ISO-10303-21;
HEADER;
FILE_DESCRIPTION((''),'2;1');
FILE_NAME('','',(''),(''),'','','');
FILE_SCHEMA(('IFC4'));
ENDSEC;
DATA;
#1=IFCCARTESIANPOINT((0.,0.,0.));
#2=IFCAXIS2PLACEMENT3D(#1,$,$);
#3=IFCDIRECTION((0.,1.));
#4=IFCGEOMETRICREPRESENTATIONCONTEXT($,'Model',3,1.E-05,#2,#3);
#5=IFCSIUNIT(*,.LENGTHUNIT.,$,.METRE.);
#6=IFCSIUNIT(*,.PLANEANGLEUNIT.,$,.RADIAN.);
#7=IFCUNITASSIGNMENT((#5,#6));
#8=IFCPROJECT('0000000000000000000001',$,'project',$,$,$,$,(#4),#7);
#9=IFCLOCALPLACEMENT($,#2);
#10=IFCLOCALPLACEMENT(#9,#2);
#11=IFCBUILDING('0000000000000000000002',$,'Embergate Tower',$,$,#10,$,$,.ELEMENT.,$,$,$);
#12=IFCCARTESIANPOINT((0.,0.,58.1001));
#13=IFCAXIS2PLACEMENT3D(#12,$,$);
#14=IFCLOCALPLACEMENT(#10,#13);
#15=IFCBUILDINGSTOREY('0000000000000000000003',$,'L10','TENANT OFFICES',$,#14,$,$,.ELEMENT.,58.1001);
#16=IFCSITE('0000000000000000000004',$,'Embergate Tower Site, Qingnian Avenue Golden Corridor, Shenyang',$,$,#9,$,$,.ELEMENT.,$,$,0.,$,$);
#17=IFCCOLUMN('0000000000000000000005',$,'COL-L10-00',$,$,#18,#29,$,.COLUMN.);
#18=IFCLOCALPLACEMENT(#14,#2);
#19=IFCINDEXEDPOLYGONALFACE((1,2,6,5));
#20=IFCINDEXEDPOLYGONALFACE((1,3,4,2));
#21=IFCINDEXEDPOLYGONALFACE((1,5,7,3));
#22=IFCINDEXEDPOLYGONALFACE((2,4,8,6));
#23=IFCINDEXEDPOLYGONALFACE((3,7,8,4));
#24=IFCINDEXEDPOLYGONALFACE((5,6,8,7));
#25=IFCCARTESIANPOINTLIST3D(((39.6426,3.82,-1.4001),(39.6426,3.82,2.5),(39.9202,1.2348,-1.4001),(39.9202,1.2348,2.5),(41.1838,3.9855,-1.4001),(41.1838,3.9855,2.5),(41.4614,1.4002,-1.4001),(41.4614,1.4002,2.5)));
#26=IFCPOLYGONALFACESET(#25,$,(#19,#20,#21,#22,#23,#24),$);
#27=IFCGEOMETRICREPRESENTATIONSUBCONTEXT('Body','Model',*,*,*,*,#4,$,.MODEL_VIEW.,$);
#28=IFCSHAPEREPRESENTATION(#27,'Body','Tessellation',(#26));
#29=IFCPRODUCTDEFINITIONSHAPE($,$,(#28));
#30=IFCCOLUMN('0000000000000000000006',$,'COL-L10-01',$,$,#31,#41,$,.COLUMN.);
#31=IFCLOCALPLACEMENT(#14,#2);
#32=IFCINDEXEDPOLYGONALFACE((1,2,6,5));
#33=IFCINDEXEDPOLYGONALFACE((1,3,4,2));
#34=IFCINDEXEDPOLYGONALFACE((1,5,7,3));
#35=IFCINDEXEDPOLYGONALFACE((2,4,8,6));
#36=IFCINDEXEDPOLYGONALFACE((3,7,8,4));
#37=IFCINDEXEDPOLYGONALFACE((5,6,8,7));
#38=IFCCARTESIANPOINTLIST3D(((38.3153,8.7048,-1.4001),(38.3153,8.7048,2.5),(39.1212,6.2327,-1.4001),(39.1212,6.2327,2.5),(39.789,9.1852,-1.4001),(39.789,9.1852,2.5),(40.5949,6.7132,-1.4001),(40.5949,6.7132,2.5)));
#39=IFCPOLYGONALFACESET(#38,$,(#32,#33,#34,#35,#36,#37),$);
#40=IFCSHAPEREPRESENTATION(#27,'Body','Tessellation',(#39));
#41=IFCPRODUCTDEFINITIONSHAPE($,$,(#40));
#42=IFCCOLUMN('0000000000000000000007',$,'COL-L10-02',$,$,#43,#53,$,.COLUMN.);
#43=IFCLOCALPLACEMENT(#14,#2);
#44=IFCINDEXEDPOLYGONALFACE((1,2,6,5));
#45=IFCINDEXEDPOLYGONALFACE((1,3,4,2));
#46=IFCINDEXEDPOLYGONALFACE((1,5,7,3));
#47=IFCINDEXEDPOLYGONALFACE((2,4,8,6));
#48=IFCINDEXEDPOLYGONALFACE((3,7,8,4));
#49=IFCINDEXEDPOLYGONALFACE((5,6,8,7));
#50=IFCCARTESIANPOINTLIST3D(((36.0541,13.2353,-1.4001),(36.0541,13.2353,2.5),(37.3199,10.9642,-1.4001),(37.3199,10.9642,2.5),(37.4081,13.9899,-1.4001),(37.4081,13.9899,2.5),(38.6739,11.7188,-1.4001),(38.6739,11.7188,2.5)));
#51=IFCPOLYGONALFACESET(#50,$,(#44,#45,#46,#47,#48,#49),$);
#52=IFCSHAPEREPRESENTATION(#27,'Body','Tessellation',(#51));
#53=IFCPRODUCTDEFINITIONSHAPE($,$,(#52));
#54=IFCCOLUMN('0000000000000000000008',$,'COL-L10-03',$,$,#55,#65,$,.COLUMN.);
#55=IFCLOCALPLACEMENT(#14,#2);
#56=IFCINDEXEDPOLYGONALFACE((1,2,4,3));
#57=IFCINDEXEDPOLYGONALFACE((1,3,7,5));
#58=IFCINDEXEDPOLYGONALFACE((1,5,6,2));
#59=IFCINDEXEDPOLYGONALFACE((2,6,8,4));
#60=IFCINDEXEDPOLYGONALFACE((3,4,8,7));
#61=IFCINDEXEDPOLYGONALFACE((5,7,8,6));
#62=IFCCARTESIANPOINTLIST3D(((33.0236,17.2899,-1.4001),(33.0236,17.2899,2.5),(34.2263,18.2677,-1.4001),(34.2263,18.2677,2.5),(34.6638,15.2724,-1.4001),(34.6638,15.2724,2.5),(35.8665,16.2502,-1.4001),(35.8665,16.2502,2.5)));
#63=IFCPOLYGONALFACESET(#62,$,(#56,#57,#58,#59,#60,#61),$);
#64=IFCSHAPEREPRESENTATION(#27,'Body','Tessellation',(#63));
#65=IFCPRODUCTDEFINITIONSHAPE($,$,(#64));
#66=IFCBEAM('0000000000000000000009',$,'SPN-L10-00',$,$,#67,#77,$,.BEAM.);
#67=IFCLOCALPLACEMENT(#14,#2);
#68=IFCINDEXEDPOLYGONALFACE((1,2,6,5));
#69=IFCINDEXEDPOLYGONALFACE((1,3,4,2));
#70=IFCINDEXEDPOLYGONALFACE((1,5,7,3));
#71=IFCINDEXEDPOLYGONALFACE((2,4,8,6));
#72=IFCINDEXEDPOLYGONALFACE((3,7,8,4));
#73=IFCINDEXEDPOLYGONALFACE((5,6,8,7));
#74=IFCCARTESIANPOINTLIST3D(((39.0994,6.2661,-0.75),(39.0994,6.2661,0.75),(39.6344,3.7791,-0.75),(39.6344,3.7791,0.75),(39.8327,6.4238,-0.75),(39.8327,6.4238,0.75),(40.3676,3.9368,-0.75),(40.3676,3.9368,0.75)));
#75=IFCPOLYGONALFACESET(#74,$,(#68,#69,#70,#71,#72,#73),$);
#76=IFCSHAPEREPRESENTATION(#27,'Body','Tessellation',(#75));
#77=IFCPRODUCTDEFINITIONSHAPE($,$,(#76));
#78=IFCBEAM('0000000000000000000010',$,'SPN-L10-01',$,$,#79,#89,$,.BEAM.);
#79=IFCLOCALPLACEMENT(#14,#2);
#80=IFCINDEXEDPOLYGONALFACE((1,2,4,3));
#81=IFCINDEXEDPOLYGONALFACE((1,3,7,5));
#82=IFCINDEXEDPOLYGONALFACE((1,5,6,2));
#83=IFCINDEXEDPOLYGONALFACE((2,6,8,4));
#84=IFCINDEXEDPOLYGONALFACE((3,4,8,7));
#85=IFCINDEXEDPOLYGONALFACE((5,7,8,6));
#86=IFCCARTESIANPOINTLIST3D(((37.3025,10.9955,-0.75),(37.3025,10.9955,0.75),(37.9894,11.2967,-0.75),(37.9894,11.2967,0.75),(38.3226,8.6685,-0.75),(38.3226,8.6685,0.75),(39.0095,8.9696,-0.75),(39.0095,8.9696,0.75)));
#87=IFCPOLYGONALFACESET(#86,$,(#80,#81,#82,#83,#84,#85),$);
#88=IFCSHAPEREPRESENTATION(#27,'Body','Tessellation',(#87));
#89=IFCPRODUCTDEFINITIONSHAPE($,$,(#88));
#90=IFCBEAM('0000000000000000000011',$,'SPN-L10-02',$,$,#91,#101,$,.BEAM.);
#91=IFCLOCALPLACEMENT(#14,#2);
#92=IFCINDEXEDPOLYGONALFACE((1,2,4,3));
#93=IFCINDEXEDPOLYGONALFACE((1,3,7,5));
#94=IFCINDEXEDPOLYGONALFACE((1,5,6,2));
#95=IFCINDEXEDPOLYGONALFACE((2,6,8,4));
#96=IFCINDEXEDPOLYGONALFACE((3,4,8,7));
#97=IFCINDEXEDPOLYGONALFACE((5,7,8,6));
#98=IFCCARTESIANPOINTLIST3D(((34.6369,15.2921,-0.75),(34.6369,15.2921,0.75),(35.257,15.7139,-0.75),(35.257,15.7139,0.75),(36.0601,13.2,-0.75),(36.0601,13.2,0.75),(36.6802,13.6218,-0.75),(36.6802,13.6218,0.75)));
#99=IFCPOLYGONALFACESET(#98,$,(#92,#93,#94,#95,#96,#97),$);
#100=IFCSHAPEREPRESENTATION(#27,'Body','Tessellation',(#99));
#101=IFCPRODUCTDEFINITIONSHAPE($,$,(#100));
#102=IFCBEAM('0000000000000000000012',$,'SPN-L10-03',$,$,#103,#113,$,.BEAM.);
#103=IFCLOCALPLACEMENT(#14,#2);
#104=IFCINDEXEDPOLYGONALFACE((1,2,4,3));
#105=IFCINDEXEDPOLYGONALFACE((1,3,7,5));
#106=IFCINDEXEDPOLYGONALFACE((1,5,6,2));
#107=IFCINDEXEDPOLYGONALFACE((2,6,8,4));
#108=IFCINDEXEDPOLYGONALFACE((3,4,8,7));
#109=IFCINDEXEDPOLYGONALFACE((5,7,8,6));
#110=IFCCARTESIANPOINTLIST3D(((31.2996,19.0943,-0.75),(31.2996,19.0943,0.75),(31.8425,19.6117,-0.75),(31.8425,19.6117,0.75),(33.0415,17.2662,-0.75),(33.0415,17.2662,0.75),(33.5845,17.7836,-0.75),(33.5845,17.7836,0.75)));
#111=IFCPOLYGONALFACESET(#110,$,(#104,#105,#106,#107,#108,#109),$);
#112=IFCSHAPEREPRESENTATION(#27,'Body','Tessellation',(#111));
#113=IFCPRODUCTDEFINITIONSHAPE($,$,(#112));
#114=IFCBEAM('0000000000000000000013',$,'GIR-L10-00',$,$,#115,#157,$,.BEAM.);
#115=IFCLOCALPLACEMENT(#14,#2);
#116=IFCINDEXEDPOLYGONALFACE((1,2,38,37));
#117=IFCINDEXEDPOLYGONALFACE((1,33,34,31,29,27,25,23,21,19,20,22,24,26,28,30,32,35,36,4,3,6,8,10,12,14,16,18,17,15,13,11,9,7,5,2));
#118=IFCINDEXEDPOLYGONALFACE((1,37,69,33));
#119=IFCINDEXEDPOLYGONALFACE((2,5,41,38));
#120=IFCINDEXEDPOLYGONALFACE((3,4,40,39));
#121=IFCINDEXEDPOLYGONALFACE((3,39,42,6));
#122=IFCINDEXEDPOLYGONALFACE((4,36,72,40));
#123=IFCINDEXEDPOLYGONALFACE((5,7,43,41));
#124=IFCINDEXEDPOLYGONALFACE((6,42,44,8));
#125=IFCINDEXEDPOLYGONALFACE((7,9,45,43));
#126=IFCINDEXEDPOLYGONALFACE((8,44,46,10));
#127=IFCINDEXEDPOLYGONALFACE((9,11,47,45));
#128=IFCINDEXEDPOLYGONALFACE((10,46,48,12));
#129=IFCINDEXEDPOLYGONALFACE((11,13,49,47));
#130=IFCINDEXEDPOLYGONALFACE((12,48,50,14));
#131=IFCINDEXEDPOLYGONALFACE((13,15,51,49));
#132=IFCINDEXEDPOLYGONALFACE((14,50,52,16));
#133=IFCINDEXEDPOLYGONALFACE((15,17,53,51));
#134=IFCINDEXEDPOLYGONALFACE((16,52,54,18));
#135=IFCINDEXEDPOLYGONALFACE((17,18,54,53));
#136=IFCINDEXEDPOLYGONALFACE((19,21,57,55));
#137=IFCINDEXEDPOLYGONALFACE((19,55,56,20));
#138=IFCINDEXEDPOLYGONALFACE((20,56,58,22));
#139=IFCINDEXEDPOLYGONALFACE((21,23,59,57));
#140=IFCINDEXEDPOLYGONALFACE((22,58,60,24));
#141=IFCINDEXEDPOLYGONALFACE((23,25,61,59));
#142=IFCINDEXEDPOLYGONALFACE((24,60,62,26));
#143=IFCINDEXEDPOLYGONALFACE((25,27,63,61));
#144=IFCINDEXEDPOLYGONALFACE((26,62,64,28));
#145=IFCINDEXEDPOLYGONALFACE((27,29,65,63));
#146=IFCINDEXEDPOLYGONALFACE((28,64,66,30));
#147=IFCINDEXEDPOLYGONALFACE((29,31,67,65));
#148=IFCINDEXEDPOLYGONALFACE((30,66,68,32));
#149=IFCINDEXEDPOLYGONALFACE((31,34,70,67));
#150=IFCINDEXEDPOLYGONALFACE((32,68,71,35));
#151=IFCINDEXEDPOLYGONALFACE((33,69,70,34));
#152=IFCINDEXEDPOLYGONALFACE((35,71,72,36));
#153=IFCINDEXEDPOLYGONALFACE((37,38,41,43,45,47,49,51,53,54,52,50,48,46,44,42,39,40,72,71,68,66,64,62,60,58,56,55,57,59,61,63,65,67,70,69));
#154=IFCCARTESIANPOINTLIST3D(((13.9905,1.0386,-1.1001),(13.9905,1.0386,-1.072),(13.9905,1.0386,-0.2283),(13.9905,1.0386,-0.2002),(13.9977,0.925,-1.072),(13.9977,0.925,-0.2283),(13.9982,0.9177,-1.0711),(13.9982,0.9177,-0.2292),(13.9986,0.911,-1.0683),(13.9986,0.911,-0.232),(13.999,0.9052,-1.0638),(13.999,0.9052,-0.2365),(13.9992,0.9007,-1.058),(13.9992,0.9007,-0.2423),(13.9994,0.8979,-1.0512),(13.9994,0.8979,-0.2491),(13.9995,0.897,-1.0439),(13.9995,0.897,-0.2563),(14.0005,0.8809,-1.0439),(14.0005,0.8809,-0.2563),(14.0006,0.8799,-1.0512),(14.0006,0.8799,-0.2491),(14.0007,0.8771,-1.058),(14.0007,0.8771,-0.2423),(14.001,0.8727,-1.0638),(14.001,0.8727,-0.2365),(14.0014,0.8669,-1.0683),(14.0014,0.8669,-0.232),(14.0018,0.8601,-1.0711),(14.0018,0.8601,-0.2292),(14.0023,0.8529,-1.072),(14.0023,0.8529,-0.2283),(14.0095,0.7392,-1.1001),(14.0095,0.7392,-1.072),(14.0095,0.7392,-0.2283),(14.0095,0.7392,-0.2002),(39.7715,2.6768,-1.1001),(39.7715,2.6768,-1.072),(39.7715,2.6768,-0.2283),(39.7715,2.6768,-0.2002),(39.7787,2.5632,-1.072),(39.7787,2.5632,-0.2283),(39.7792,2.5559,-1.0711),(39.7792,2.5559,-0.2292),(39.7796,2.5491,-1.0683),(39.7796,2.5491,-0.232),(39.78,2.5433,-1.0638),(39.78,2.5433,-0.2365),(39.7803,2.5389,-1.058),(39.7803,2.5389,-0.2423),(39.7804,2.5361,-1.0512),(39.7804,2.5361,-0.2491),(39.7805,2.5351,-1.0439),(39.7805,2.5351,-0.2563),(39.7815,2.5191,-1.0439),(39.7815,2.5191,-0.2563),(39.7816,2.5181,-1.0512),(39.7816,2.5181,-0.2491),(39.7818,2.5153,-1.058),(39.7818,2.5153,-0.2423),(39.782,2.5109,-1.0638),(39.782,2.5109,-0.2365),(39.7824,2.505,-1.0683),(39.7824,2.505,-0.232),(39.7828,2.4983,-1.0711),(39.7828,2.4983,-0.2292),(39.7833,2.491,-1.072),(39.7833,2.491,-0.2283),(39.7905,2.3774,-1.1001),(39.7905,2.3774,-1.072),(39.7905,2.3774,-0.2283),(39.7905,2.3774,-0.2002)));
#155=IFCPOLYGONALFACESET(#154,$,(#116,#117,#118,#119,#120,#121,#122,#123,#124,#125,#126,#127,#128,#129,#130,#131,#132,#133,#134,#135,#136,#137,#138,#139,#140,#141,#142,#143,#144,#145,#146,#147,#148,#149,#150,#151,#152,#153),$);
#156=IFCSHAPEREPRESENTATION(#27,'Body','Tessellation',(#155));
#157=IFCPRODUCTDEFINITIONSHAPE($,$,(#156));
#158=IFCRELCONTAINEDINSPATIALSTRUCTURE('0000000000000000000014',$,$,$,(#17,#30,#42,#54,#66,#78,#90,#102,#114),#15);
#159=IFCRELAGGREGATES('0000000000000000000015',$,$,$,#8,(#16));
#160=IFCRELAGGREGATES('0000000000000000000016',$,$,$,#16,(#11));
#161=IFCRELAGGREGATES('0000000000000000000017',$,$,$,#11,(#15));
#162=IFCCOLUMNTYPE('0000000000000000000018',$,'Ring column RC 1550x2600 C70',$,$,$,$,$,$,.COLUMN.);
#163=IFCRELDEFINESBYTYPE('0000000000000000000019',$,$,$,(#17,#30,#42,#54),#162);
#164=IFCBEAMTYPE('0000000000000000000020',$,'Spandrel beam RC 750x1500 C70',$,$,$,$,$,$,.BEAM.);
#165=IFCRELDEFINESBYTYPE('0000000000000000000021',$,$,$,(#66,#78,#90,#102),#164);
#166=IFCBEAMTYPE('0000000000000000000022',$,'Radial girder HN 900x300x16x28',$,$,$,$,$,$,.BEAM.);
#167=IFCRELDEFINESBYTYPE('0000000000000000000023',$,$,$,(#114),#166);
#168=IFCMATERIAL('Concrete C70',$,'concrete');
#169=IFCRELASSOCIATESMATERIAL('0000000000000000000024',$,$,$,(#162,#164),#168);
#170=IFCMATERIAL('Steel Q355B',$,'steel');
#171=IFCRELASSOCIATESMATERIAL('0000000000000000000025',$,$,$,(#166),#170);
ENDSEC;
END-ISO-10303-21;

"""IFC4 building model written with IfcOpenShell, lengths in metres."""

from ifc_helpers import new_model, si_unit, direction, frame, origin, origin_2d, place, context, subcontext, project, spatial, rectangle, i_section, extrude, source, transform, mapped, material, material_profile, profile_set, type_object, element, save


model = new_model("IFC4")

# Units and contexts
model_context = context("Model", 3, precision=1e-05, world=origin(), true_north=direction((0.0, 1.0)))
body_context = subcontext(model_context, "Body", "Model", "MODEL_VIEW")
ifc_project = project(units=[si_unit("LENGTHUNIT", "METRE"), si_unit("PLANEANGLEUNIT", "RADIAN")], contexts=[model_context])

# Site, building, storey
site_placement = place(None, origin())
site = spatial("IfcSite", under=ifc_project, at=site_placement, Name="Embergate Tower Site, Qingnian Avenue Golden Corridor, Shenyang", CompositionType="ELEMENT", RefElevation=0.0)
building_placement = place(site_placement, origin())
building = spatial("IfcBuilding", under=site, at=building_placement, Name="Embergate Tower", CompositionType="ELEMENT")
storey_placement = place(building_placement, frame((0.0, 0.0, 58.1001)))
storey = spatial("IfcBuildingStorey", under=building, at=storey_placement, Name="L10", Description="TENANT OFFICES", CompositionType="ELEMENT", Elevation=58.1001)

# Columns
ifc_material_1 = material(Name="Concrete C70", Category="concrete")
ifc_material_profile_1 = material_profile(ifc_material_1, rectangle(XDim=1.55, YDim=2.6001, at=origin_2d()), Name="RC 1550x2600")
ifc_profile_set_1 = profile_set([ifc_material_profile_1], Name="Concrete C70")
column_type = type_object("IfcColumnType", Name="Ring column RC 1550x2600 C70", PredefinedType="COLUMN", material=ifc_profile_set_1)
shared_shape_1 = source(origin(), body_context, "Body", "SweptSolid", [
    extrude(rectangle(XDim=1.55, YDim=2.6001, at=origin_2d()), origin(), (0.0, 0.0, 1.0), 3.9001),
])
for number, where, z_axis, x_axis, name in (
    (1, (40.552, 2.6101, -1.4001), (0.0, 0.0, 1.0), (0.994286, 0.10675, 0.0), "COL-L10-00"),
    (2, (39.4551, 7.709, -1.4001), (0.0, 0.0, 1.0), (0.950754, 0.309946, 0.0), "COL-L10-01"),
    (3, (37.364, 12.4771, -1.4001), (0.0, 0.0, 1.0), (0.8735, 0.486823, 0.0), "COL-L10-02"),
    (4, (34.4451, 16.77, -1.4001), (0.0, 0.0, 1.0), (0.775925, 0.630825, 0.0), "COL-L10-03"),
):
    element("IfcColumn", number, at=place(storey_placement, frame(where, z_axis=z_axis, x_axis=x_axis)), inside=storey, type_object=column_type, Name=name, PredefinedType="COLUMN", context=body_context, shape_type="MappedRepresentation", body=[
        mapped(shared_shape_1, transform((0.0, 0.0, 0.0))),
    ])

# Beams
ifc_material_profile_2 = material_profile(ifc_material_1, rectangle(XDim=0.75, YDim=1.5, at=origin_2d()), Name="RC 750x1500")
ifc_profile_set_2 = profile_set([ifc_material_profile_2], Name="Concrete C70")
beam_type_1 = type_object("IfcBeamType", Name="Spandrel beam RC 750x1500 C70", PredefinedType="BEAM", material=ifc_profile_set_2)
shared_shape_2 = source(origin(), body_context, "Body", "SweptSolid", [
    extrude(rectangle(XDim=0.75, YDim=1.5, at=origin_2d()), origin(), (0.0, 0.0, 1.0), 2.5439),
])
beam_1_placement = place(storey_placement, frame((40.001, 3.8579, 0.0), z_axis=(-0.21027, 0.977643, 0.0), x_axis=(-0.977643, -0.21027, 0.0)))
element("IfcBeam", 5, at=beam_1_placement, inside=storey, type_object=beam_type_1, Name="SPN-L10-00", PredefinedType="BEAM", context=body_context, shape_type="MappedRepresentation", body=[
    mapped(shared_shape_2, transform((0.0, 0.0, 0.0))),
])
shared_shape_3 = source(origin(), body_context, "Body", "SweptSolid", [
    extrude(rectangle(XDim=0.75, YDim=1.5, at=origin_2d()), origin(), (0.0, 0.0, 1.0), 2.5408),
])
beam_2_placement = place(storey_placement, frame((38.666, 8.8191, 0.0), z_axis=(-0.401479, 0.915868, 0.0), x_axis=(-0.915868, -0.401479, 0.0)))
element("IfcBeam", 6, at=beam_2_placement, inside=storey, type_object=beam_type_1, Name="SPN-L10-01", PredefinedType="BEAM", context=body_context, shape_type="MappedRepresentation", body=[
    mapped(shared_shape_3, transform((0.0, 0.0, 0.0))),
])
shared_shape_4 = source(origin(), body_context, "Body", "SweptSolid", [
    extrude(rectangle(XDim=0.75, YDim=1.5, at=origin_2d()), origin(), (0.0, 0.0, 1.0), 2.5303),
])
beam_3_placement = place(storey_placement, frame((36.3701, 13.4109, 0.0), z_axis=(-0.562447, 0.826833, 0.0), x_axis=(-0.826833, -0.562447, 0.0)))
element("IfcBeam", 7, at=beam_3_placement, inside=storey, type_object=beam_type_1, Name="SPN-L10-02", PredefinedType="BEAM", context=body_context, shape_type="MappedRepresentation", body=[
    mapped(shared_shape_4, transform((0.0, 0.0, 0.0))),
])
shared_shape_5 = source(origin(), body_context, "Body", "SweptSolid", [
    extrude(rectangle(XDim=0.75, YDim=1.5, at=origin_2d()), origin(), (0.0, 0.0, 1.0), 2.5251),
])
beam_4_placement = place(storey_placement, frame((33.313, 17.5249, 0.0), z_axis=(-0.689836, 0.723965, 0.0), x_axis=(-0.723965, -0.689836, 0.0)))
element("IfcBeam", 8, at=beam_4_placement, inside=storey, type_object=beam_type_1, Name="SPN-L10-03", PredefinedType="BEAM", context=body_context, shape_type="MappedRepresentation", body=[
    mapped(shared_shape_5, transform((0.0, 0.0, 0.0))),
])
ifc_material_2 = material(Name="Steel Q355B", Category="steel")
ifc_material_profile_3 = material_profile(ifc_material_2, i_section(OverallWidth=0.3, OverallDepth=0.8999, WebThickness=0.0161, FlangeThickness=0.0281, FilletRadius=0.0281, at=origin_2d()), Name="HN 900x300x16x28")
ifc_profile_set_3 = profile_set([ifc_material_profile_3], Name="Steel Q355 grade B")
beam_type_2 = type_object("IfcBeamType", Name="Radial girder HN 900x300x16x28", PredefinedType="BEAM", material=ifc_profile_set_3)
shared_shape_6 = source(origin(), body_context, "Body", "SweptSolid", [
    extrude(i_section(OverallWidth=0.3, OverallDepth=0.8999, WebThickness=0.0161, FlangeThickness=0.0281, FilletRadius=0.0281, at=origin_2d()), origin(), (0.0, 0.0, 1.0), 25.833),
])
beam_5_placement = place(storey_placement, frame((39.781, 2.5271, -0.6501), z_axis=(-0.997987, -0.063414, 0.0), x_axis=(0.063414, -0.997987, 0.0)))
element("IfcBeam", 9, at=beam_5_placement, inside=storey, type_object=beam_type_2, Name="GIR-L10-00", PredefinedType="BEAM", context=body_context, shape_type="MappedRepresentation", body=[
    mapped(shared_shape_6, transform((0.0, 0.0, 0.0))),
])

save(model, "model.ifc")
